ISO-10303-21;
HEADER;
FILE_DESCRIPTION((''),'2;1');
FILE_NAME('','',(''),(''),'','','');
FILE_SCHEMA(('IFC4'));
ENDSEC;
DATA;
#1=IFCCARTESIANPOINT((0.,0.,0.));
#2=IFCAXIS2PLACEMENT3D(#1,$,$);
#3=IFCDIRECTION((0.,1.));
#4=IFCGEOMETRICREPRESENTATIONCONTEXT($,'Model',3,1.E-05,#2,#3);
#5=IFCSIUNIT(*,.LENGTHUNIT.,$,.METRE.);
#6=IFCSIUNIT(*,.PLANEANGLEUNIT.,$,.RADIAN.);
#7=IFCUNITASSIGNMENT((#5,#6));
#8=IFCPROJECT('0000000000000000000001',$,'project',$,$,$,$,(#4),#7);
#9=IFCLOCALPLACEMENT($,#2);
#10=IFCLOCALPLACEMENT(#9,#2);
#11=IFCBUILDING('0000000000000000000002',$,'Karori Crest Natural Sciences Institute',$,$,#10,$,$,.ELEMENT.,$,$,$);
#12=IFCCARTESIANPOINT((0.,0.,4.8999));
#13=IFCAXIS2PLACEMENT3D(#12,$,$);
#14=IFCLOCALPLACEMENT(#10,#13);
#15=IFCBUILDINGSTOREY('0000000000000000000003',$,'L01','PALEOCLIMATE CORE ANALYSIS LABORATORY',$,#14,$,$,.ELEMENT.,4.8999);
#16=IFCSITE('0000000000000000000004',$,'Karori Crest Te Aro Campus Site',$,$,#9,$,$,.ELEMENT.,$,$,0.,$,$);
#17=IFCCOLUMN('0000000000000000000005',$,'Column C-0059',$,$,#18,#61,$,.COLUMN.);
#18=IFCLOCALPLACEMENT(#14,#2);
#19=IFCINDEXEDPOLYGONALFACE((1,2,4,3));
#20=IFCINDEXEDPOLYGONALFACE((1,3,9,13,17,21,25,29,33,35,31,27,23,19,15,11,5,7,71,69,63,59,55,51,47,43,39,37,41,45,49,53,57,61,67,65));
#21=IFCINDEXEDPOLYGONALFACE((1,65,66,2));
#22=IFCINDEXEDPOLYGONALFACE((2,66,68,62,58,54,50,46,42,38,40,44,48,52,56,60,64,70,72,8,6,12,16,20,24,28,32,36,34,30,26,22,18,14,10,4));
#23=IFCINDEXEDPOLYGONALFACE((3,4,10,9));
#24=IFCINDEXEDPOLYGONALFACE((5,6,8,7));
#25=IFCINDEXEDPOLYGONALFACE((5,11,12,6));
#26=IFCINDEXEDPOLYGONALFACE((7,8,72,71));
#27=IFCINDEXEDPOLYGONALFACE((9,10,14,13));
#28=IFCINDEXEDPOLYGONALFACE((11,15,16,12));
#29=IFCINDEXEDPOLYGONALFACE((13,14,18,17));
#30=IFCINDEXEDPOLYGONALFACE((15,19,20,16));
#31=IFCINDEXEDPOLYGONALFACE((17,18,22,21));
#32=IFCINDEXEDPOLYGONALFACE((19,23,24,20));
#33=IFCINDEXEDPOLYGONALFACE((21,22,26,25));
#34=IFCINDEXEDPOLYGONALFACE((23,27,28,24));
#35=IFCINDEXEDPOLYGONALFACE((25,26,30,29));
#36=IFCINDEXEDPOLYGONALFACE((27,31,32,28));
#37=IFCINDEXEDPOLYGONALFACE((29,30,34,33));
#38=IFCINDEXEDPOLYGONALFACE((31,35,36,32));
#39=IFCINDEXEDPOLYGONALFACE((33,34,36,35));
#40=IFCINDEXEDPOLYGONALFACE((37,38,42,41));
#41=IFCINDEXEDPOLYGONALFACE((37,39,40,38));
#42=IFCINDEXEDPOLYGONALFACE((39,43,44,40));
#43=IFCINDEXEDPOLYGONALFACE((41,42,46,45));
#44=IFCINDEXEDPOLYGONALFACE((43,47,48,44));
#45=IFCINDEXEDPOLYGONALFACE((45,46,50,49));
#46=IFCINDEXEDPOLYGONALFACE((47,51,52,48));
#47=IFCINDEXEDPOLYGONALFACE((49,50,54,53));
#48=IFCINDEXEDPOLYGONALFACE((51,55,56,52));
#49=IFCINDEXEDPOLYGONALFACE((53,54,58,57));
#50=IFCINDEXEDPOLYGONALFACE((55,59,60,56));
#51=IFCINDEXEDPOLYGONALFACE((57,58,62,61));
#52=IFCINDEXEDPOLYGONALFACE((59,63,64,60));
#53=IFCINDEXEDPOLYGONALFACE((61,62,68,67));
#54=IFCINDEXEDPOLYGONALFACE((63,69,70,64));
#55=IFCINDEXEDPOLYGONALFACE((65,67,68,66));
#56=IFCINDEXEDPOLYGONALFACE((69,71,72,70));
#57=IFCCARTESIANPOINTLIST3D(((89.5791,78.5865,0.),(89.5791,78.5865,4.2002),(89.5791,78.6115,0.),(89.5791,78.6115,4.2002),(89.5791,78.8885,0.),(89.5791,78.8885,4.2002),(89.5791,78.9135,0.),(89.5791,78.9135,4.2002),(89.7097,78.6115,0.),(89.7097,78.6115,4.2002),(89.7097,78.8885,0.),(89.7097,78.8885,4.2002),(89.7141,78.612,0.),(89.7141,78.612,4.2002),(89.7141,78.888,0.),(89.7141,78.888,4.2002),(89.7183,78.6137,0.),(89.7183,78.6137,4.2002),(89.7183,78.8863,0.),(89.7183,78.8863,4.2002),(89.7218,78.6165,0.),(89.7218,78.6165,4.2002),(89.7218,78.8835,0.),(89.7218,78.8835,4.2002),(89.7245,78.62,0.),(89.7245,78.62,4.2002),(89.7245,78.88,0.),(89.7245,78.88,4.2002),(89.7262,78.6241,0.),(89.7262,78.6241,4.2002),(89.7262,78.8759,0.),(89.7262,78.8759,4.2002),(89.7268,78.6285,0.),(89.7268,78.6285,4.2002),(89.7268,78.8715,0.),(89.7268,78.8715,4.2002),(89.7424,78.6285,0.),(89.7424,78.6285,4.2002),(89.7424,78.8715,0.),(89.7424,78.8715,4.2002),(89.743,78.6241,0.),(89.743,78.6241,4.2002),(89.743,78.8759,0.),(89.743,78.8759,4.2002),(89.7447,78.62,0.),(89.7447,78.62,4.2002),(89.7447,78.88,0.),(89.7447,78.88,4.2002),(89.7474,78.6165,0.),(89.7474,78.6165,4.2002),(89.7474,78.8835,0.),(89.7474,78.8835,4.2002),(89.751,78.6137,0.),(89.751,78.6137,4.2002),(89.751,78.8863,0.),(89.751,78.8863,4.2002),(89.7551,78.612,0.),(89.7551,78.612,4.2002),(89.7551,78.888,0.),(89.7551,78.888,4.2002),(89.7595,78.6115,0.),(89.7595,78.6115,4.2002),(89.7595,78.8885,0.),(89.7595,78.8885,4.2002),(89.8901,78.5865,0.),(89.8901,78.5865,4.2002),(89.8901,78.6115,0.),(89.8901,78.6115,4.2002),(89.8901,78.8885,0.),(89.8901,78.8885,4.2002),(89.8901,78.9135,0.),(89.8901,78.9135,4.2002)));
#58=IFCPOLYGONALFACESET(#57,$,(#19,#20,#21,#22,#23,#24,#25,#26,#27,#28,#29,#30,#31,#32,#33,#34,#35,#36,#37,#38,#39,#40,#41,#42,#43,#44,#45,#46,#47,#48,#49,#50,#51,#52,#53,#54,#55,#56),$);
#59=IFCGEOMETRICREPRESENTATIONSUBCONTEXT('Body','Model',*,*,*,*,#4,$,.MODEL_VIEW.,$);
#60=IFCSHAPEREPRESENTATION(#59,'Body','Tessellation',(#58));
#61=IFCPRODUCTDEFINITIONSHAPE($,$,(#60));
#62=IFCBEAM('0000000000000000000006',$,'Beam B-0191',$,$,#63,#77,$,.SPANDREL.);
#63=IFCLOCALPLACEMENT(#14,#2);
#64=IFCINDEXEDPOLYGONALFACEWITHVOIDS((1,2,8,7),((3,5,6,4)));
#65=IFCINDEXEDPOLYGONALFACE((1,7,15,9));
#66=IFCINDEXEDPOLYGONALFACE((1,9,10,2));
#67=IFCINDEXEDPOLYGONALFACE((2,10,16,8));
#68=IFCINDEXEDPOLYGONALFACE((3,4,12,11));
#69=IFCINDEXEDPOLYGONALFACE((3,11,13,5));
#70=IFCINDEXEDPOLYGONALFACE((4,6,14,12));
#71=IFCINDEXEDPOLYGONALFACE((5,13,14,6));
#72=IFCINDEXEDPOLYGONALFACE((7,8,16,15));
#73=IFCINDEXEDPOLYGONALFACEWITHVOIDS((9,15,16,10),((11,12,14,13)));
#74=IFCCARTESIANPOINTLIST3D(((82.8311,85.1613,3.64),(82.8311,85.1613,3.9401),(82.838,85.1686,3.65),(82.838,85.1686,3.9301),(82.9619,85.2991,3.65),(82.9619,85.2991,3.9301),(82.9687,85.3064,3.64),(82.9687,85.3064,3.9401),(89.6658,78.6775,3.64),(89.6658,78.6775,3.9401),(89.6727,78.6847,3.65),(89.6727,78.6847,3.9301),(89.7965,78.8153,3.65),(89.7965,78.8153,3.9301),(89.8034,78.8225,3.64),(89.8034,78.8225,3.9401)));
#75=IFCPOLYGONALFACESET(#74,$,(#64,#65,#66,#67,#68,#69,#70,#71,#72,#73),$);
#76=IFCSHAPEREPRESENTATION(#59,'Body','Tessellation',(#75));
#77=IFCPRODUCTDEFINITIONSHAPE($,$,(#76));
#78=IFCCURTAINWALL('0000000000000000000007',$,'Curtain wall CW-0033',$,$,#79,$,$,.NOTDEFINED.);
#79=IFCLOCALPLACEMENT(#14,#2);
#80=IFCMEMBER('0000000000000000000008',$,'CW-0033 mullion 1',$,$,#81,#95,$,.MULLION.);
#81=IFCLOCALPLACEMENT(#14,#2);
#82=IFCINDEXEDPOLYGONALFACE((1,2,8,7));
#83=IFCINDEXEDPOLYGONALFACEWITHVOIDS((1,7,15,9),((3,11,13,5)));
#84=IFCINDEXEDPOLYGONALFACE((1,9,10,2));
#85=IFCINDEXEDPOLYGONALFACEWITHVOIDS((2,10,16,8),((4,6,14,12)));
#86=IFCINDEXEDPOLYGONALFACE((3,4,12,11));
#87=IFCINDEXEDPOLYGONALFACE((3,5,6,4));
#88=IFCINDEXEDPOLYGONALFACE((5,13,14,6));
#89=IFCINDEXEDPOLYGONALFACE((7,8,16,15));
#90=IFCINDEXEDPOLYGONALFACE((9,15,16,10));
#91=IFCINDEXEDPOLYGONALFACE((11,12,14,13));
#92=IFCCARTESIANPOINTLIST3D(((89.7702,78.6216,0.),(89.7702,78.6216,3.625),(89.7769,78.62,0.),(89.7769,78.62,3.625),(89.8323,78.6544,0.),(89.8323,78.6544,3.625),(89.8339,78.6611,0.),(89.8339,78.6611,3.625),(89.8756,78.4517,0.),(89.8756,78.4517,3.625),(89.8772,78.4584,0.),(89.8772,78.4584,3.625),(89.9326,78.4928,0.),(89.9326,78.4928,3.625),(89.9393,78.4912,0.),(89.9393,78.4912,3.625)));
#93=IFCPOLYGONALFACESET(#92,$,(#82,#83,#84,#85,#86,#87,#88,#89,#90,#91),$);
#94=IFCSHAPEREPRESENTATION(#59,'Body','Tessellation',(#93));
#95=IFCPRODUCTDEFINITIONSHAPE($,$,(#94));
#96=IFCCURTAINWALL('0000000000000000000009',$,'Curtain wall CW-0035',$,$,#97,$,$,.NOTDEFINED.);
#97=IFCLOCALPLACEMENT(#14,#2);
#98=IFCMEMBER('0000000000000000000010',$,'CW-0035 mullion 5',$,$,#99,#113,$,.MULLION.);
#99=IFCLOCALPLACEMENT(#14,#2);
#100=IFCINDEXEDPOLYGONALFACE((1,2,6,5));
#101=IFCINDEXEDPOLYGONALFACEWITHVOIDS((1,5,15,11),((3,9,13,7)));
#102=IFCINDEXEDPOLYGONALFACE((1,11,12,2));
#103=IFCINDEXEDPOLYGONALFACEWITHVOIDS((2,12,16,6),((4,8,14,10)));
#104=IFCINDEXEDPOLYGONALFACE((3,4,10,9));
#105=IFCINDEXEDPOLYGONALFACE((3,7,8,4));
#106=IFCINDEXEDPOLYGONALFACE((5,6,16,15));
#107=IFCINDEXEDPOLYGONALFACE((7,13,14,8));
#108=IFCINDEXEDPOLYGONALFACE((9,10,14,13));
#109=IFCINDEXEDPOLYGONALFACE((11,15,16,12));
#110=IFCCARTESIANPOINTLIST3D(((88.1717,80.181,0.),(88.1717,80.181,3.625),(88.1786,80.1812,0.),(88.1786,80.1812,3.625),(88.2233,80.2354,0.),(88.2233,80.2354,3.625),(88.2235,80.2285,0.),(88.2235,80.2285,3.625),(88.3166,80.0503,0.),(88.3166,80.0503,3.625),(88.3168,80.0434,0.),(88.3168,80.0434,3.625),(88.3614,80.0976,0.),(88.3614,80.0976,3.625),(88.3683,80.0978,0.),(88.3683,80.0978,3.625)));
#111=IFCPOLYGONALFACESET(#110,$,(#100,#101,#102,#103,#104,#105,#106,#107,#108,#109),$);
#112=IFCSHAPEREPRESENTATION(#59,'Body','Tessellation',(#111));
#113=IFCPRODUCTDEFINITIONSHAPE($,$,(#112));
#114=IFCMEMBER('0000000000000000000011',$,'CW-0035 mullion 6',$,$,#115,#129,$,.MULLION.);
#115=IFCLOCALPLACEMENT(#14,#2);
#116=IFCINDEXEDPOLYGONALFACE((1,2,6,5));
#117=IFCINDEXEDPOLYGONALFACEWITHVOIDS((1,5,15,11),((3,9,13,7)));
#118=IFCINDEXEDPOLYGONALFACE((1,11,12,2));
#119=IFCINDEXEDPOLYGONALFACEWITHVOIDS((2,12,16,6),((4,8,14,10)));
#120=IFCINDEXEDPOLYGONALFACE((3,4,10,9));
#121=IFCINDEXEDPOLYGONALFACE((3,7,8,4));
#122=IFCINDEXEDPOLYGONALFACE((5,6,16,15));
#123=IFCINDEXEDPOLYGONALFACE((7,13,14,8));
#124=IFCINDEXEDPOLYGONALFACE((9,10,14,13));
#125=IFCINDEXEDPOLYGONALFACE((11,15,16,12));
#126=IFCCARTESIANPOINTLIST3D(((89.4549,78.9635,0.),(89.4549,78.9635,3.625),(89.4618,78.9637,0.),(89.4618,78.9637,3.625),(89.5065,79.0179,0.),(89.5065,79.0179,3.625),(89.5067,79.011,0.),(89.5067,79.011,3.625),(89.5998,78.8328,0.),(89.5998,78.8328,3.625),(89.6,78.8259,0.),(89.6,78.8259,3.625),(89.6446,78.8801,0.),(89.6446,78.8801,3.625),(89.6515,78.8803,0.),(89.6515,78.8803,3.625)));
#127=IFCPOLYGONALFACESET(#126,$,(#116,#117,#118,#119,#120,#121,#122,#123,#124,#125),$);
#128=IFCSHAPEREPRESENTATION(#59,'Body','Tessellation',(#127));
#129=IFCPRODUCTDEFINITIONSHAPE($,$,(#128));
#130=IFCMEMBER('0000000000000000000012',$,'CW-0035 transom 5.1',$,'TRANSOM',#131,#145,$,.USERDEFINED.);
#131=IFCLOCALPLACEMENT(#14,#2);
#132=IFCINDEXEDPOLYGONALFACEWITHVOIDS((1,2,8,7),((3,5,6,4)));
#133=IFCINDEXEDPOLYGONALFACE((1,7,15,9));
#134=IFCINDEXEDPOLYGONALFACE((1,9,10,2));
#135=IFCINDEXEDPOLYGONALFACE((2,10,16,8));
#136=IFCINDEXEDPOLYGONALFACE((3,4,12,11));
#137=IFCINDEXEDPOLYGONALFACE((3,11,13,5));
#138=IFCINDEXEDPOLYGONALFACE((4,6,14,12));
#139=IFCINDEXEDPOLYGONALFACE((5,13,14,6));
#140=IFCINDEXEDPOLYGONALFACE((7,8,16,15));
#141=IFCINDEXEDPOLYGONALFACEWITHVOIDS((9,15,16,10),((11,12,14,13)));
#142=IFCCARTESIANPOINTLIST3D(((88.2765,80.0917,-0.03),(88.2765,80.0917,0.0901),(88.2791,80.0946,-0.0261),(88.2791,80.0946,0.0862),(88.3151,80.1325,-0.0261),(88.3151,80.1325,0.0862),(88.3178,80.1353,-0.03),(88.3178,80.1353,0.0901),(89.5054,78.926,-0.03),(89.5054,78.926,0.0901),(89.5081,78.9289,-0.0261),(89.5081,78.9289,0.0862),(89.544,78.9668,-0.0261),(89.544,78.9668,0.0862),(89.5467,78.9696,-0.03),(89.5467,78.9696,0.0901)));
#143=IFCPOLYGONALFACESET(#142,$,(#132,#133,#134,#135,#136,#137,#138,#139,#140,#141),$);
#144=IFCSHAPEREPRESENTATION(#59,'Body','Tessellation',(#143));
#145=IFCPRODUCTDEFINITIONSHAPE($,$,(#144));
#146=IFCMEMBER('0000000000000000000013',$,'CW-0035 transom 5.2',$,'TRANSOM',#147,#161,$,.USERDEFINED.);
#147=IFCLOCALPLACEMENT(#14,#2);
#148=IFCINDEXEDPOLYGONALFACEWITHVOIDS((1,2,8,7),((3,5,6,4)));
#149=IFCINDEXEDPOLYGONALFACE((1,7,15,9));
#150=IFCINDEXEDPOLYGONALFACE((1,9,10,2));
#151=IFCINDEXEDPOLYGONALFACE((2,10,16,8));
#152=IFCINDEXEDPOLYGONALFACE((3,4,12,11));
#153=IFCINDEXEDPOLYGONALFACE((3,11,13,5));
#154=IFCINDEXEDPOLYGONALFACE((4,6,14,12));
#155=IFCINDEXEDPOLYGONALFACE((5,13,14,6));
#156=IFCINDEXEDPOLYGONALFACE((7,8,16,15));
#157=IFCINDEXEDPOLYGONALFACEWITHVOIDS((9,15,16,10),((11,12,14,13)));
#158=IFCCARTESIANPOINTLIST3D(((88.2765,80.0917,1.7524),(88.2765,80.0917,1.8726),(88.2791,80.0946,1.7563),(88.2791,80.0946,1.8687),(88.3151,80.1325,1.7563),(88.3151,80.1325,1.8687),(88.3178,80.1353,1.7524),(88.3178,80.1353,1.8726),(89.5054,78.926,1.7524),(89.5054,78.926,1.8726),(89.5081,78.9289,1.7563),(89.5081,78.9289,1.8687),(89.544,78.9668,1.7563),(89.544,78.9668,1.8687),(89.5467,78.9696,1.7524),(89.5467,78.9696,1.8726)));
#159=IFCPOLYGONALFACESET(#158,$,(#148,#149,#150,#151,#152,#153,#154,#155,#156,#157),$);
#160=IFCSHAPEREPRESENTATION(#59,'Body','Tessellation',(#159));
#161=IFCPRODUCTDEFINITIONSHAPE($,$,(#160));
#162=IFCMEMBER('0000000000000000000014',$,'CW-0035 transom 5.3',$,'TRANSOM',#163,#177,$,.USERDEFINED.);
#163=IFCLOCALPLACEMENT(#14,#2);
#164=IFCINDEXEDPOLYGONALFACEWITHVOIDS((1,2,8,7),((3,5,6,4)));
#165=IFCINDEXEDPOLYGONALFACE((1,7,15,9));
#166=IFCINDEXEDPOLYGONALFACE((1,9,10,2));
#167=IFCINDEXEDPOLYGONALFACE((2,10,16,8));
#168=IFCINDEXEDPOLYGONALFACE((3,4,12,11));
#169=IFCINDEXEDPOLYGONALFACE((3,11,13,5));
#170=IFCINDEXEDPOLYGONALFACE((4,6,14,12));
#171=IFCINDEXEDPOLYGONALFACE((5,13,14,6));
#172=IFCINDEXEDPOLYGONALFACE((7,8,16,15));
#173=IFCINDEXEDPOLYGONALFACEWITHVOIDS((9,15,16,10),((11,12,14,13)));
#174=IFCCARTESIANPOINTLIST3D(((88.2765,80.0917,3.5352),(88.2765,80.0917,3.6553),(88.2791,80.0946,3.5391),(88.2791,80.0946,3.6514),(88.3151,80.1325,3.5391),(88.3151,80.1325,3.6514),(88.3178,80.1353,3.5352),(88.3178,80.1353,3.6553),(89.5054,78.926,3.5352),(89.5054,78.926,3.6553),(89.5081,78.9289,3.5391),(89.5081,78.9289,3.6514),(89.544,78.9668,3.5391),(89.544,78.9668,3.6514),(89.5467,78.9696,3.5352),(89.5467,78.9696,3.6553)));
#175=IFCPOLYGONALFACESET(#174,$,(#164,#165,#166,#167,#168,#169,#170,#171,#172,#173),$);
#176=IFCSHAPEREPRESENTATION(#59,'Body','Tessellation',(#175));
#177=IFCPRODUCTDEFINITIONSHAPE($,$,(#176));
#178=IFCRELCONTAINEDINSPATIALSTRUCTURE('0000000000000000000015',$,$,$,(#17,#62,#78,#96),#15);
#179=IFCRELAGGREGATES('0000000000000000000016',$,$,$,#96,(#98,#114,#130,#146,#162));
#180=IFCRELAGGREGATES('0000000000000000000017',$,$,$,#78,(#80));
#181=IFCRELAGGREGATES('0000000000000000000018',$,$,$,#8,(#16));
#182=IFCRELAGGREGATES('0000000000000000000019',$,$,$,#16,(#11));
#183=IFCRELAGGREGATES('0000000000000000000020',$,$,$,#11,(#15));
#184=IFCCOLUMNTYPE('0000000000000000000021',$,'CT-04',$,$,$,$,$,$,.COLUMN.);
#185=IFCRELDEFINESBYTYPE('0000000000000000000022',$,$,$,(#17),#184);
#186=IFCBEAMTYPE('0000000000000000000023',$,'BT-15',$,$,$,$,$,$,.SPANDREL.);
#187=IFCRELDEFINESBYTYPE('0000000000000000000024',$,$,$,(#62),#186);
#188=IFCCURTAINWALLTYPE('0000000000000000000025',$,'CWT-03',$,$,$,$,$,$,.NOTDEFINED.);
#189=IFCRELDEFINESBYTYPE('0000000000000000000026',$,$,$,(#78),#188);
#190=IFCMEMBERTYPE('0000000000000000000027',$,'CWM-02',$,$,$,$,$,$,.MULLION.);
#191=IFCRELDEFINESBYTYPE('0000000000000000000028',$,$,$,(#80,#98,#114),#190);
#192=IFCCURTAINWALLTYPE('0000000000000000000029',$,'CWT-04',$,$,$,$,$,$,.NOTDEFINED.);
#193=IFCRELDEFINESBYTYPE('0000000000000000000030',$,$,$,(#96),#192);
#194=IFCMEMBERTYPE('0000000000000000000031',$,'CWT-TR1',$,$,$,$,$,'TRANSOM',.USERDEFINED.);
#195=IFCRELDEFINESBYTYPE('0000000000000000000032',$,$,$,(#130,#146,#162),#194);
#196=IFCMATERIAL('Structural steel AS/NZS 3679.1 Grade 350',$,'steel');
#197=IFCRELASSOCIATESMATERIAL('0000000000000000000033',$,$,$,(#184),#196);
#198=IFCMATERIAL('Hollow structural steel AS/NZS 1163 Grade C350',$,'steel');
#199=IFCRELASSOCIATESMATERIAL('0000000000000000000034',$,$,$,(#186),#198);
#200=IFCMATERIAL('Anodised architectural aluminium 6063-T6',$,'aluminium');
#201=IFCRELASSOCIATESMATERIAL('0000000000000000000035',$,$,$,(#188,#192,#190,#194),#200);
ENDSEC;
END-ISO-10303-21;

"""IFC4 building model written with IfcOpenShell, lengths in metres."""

from ifc_helpers import new_model, si_unit, direction, frame, origin, origin_2d, place, context, subcontext, project, spatial, hollow_rectangle, i_section, extrude, material, material_profile, profile_set, type_object, element, aggregate, save


model = new_model("IFC4")

# Units and contexts
model_context = context("Model", 3, precision=1e-05, world=origin(), true_north=direction((0.0, 1.0)))
body_context = subcontext(model_context, "Body", "Model", "MODEL_VIEW")
ifc_project = project(units=[si_unit("LENGTHUNIT", "METRE"), si_unit("PLANEANGLEUNIT", "RADIAN")], contexts=[model_context])

# Site, building, storey
site_placement = place(None, origin())
site = spatial("IfcSite", under=ifc_project, at=site_placement, Name="Karori Crest Te Aro Campus Site", CompositionType="ELEMENT", RefElevation=0.0)
building_placement = place(site_placement, origin())
building = spatial("IfcBuilding", under=site, at=building_placement, Name="Karori Crest Natural Sciences Institute", CompositionType="ELEMENT")
storey_placement = place(building_placement, frame((0.0, 0.0, 4.8999)))
storey = spatial("IfcBuildingStorey", under=building, at=storey_placement, Name="L01", Description="PALEOCLIMATE CORE ANALYSIS LABORATORY", CompositionType="ELEMENT", Elevation=4.8999)

# Column
ifc_material_1 = material(Name="Structural steel AS/NZS 3679.1 Grade 350", Category="steel")
ifc_material_profile_1 = material_profile(ifc_material_1, i_section(OverallWidth=0.311, OverallDepth=0.3269, WebThickness=0.0156, FlangeThickness=0.0249, FilletRadius=0.0171, at=origin_2d()), Name="310UC158")
ifc_profile_set_1 = profile_set([ifc_material_profile_1], Name="Structural steel AS/NZS 3679.1 Grade 350")
column_type = type_object("IfcColumnType", Name="CT-04", PredefinedType="COLUMN", material=ifc_profile_set_1)
column_placement = place(storey_placement, frame((89.7346, 78.75, 0.0), z_axis=(0.0, 0.0, 1.0), x_axis=(1.0, 0.0, 0.0)))
element("IfcColumn", 1, at=column_placement, inside=storey, type_object=column_type, Name="Column C-0059", PredefinedType="COLUMN", context=body_context, shape_type="SweptSolid", body=[
    extrude(i_section(OverallWidth=0.311, OverallDepth=0.3269, WebThickness=0.0156, FlangeThickness=0.0249, FilletRadius=0.0171, at=origin_2d()), origin(), (0.0, 0.0, 1.0), 4.2002),
])

# Beam
ifc_material_2 = material(Name="Hollow structural steel AS/NZS 1163 Grade C350", Category="steel")
ifc_material_profile_2 = material_profile(ifc_material_2, hollow_rectangle(XDim=0.2, YDim=0.3, WallThickness=0.01, at=origin_2d()), Name="RHS300x200x10")
ifc_profile_set_2 = profile_set([ifc_material_profile_2], Name="Hollow structural steel AS/NZS 1163 Grade C350")
beam_type = type_object("IfcBeamType", Name="BT-15", PredefinedType="SPANDREL", material=ifc_profile_set_2)
beam_placement = place(storey_placement, frame((89.7346, 78.75, 3.79), z_axis=(-0.725481, 0.688242, 0.0), x_axis=(-0.688242, -0.725481, 0.0)))
element("IfcBeam", 2, at=beam_placement, inside=storey, type_object=beam_type, Name="Beam B-0191", PredefinedType="SPANDREL", context=body_context, shape_type="SweptSolid", body=[
    extrude(hollow_rectangle(XDim=0.2, YDim=0.3, WallThickness=0.01, at=origin_2d()), origin(), (0.0, 0.0, 1.0), 9.4209),
])

# Curtain wall, member
ifc_material_3 = material(Name="Anodised architectural aluminium 6063-T6", Category="aluminium")
curtain_wall_type_1 = type_object("IfcCurtainWallType", Name="CWT-03", PredefinedType="NOTDEFINED", material=ifc_material_3)
curtain_wall_1_placement = place(storey_placement, origin())
curtain_wall_1 = element("IfcCurtainWall", 3, at=curtain_wall_1_placement, inside=storey, type_object=curtain_wall_type_1, Name="Curtain wall CW-0033", PredefinedType="NOTDEFINED")
ifc_material_profile_3 = material_profile(ifc_material_3, hollow_rectangle(XDim=0.075, YDim=0.2, WallThickness=0.0049, at=origin_2d()), Name="CWM200x75x5")
ifc_profile_set_3 = profile_set([ifc_material_profile_3], Name="Anodised architectural aluminium 6063-T6")
member_type_1 = type_object("IfcMemberType", Name="CWM-02", PredefinedType="MULLION", material=ifc_profile_set_3)
member_1_placement = place(storey_placement, frame((89.8547, 78.5564, 0.0), z_axis=(0.0, 0.0, 1.0), x_axis=(0.849666, 0.527322, 0.0)))
member_1 = element("IfcMember", 4, at=member_1_placement, type_object=member_type_1, Name="CW-0033 mullion 1", PredefinedType="MULLION", context=body_context, shape_type="SweptSolid", body=[
    extrude(hollow_rectangle(XDim=0.075, YDim=0.2, WallThickness=0.0049, at=origin_2d()), origin(), (0.0, 0.0, 1.0), 3.625),
])

# Curtain wall, members
curtain_wall_type_2 = type_object("IfcCurtainWallType", Name="CWT-04", PredefinedType="NOTDEFINED", material=ifc_material_3)
curtain_wall_2_placement = place(storey_placement, origin())
curtain_wall_2 = element("IfcCurtainWall", 5, at=curtain_wall_2_placement, inside=storey, type_object=curtain_wall_type_2, Name="Curtain wall CW-0035", PredefinedType="NOTDEFINED")
member_2_placement = place(storey_placement, frame((88.27, 80.1394, 0.0), z_axis=(0.0, 0.0, 1.0), x_axis=(0.688246, 0.725477, 0.0)))
member_2 = element("IfcMember", 6, at=member_2_placement, type_object=member_type_1, Name="CW-0035 mullion 5", PredefinedType="MULLION", context=body_context, shape_type="SweptSolid", body=[
    extrude(hollow_rectangle(XDim=0.075, YDim=0.2, WallThickness=0.0049, at=origin_2d()), origin(), (0.0, 0.0, 1.0), 3.625),
])
member_3_placement = place(storey_placement, frame((89.5532, 78.9219, 0.0), z_axis=(0.0, 0.0, 1.0), x_axis=(0.688246, 0.725477, 0.0)))
member_3 = element("IfcMember", 7, at=member_3_placement, type_object=member_type_1, Name="CW-0035 mullion 6", PredefinedType="MULLION", context=body_context, shape_type="SweptSolid", body=[
    extrude(hollow_rectangle(XDim=0.075, YDim=0.2, WallThickness=0.0049, at=origin_2d()), origin(), (0.0, 0.0, 1.0), 3.625),
])
ifc_material_profile_4 = material_profile(ifc_material_3, hollow_rectangle(XDim=0.0601, YDim=0.1201, WallThickness=0.0039, at=origin_2d()), Name="CWT120x60x4")
ifc_profile_set_4 = profile_set([ifc_material_profile_4], Name="Anodised architectural aluminium 6063-T6")
member_type_2 = type_object("IfcMemberType", Name="CWT-TR1", ElementType="TRANSOM", PredefinedType="USERDEFINED", material=ifc_profile_set_4)
member_4_placement = place(storey_placement, frame((88.2971, 80.1135, 0.03), z_axis=(0.725525, -0.688196, 0.0), x_axis=(0.688196, 0.725525, 0.0)))
member_4 = element("IfcMember", 8, at=member_4_placement, type_object=member_type_2, Name="CW-0035 transom 5.1", ObjectType="TRANSOM", PredefinedType="USERDEFINED", context=body_context, shape_type="SweptSolid", body=[
    extrude(hollow_rectangle(XDim=0.0601, YDim=0.1201, WallThickness=0.0039, at=origin_2d()), origin(), (0.0, 0.0, 1.0), 1.6938),
])
member_5_placement = place(storey_placement, frame((88.2971, 80.1135, 1.8125), z_axis=(0.725525, -0.688196, 0.0), x_axis=(0.688196, 0.725525, 0.0)))
member_5 = element("IfcMember", 9, at=member_5_placement, type_object=member_type_2, Name="CW-0035 transom 5.2", ObjectType="TRANSOM", PredefinedType="USERDEFINED", context=body_context, shape_type="SweptSolid", body=[
    extrude(hollow_rectangle(XDim=0.0601, YDim=0.1201, WallThickness=0.0039, at=origin_2d()), origin(), (0.0, 0.0, 1.0), 1.6938),
])
member_6_placement = place(storey_placement, frame((88.2971, 80.1135, 3.5952), z_axis=(0.725525, -0.688196, 0.0), x_axis=(0.688196, 0.725525, 0.0)))
member_6 = element("IfcMember", 10, at=member_6_placement, type_object=member_type_2, Name="CW-0035 transom 5.3", ObjectType="TRANSOM", PredefinedType="USERDEFINED", context=body_context, shape_type="SweptSolid", body=[
    extrude(hollow_rectangle(XDim=0.0601, YDim=0.1201, WallThickness=0.0039, at=origin_2d()), origin(), (0.0, 0.0, 1.0), 1.6938),
])

aggregate(curtain_wall_2, [member_2, member_3, member_4, member_5, member_6])
aggregate(curtain_wall_1, [member_1])

save(model, "model.ifc")
